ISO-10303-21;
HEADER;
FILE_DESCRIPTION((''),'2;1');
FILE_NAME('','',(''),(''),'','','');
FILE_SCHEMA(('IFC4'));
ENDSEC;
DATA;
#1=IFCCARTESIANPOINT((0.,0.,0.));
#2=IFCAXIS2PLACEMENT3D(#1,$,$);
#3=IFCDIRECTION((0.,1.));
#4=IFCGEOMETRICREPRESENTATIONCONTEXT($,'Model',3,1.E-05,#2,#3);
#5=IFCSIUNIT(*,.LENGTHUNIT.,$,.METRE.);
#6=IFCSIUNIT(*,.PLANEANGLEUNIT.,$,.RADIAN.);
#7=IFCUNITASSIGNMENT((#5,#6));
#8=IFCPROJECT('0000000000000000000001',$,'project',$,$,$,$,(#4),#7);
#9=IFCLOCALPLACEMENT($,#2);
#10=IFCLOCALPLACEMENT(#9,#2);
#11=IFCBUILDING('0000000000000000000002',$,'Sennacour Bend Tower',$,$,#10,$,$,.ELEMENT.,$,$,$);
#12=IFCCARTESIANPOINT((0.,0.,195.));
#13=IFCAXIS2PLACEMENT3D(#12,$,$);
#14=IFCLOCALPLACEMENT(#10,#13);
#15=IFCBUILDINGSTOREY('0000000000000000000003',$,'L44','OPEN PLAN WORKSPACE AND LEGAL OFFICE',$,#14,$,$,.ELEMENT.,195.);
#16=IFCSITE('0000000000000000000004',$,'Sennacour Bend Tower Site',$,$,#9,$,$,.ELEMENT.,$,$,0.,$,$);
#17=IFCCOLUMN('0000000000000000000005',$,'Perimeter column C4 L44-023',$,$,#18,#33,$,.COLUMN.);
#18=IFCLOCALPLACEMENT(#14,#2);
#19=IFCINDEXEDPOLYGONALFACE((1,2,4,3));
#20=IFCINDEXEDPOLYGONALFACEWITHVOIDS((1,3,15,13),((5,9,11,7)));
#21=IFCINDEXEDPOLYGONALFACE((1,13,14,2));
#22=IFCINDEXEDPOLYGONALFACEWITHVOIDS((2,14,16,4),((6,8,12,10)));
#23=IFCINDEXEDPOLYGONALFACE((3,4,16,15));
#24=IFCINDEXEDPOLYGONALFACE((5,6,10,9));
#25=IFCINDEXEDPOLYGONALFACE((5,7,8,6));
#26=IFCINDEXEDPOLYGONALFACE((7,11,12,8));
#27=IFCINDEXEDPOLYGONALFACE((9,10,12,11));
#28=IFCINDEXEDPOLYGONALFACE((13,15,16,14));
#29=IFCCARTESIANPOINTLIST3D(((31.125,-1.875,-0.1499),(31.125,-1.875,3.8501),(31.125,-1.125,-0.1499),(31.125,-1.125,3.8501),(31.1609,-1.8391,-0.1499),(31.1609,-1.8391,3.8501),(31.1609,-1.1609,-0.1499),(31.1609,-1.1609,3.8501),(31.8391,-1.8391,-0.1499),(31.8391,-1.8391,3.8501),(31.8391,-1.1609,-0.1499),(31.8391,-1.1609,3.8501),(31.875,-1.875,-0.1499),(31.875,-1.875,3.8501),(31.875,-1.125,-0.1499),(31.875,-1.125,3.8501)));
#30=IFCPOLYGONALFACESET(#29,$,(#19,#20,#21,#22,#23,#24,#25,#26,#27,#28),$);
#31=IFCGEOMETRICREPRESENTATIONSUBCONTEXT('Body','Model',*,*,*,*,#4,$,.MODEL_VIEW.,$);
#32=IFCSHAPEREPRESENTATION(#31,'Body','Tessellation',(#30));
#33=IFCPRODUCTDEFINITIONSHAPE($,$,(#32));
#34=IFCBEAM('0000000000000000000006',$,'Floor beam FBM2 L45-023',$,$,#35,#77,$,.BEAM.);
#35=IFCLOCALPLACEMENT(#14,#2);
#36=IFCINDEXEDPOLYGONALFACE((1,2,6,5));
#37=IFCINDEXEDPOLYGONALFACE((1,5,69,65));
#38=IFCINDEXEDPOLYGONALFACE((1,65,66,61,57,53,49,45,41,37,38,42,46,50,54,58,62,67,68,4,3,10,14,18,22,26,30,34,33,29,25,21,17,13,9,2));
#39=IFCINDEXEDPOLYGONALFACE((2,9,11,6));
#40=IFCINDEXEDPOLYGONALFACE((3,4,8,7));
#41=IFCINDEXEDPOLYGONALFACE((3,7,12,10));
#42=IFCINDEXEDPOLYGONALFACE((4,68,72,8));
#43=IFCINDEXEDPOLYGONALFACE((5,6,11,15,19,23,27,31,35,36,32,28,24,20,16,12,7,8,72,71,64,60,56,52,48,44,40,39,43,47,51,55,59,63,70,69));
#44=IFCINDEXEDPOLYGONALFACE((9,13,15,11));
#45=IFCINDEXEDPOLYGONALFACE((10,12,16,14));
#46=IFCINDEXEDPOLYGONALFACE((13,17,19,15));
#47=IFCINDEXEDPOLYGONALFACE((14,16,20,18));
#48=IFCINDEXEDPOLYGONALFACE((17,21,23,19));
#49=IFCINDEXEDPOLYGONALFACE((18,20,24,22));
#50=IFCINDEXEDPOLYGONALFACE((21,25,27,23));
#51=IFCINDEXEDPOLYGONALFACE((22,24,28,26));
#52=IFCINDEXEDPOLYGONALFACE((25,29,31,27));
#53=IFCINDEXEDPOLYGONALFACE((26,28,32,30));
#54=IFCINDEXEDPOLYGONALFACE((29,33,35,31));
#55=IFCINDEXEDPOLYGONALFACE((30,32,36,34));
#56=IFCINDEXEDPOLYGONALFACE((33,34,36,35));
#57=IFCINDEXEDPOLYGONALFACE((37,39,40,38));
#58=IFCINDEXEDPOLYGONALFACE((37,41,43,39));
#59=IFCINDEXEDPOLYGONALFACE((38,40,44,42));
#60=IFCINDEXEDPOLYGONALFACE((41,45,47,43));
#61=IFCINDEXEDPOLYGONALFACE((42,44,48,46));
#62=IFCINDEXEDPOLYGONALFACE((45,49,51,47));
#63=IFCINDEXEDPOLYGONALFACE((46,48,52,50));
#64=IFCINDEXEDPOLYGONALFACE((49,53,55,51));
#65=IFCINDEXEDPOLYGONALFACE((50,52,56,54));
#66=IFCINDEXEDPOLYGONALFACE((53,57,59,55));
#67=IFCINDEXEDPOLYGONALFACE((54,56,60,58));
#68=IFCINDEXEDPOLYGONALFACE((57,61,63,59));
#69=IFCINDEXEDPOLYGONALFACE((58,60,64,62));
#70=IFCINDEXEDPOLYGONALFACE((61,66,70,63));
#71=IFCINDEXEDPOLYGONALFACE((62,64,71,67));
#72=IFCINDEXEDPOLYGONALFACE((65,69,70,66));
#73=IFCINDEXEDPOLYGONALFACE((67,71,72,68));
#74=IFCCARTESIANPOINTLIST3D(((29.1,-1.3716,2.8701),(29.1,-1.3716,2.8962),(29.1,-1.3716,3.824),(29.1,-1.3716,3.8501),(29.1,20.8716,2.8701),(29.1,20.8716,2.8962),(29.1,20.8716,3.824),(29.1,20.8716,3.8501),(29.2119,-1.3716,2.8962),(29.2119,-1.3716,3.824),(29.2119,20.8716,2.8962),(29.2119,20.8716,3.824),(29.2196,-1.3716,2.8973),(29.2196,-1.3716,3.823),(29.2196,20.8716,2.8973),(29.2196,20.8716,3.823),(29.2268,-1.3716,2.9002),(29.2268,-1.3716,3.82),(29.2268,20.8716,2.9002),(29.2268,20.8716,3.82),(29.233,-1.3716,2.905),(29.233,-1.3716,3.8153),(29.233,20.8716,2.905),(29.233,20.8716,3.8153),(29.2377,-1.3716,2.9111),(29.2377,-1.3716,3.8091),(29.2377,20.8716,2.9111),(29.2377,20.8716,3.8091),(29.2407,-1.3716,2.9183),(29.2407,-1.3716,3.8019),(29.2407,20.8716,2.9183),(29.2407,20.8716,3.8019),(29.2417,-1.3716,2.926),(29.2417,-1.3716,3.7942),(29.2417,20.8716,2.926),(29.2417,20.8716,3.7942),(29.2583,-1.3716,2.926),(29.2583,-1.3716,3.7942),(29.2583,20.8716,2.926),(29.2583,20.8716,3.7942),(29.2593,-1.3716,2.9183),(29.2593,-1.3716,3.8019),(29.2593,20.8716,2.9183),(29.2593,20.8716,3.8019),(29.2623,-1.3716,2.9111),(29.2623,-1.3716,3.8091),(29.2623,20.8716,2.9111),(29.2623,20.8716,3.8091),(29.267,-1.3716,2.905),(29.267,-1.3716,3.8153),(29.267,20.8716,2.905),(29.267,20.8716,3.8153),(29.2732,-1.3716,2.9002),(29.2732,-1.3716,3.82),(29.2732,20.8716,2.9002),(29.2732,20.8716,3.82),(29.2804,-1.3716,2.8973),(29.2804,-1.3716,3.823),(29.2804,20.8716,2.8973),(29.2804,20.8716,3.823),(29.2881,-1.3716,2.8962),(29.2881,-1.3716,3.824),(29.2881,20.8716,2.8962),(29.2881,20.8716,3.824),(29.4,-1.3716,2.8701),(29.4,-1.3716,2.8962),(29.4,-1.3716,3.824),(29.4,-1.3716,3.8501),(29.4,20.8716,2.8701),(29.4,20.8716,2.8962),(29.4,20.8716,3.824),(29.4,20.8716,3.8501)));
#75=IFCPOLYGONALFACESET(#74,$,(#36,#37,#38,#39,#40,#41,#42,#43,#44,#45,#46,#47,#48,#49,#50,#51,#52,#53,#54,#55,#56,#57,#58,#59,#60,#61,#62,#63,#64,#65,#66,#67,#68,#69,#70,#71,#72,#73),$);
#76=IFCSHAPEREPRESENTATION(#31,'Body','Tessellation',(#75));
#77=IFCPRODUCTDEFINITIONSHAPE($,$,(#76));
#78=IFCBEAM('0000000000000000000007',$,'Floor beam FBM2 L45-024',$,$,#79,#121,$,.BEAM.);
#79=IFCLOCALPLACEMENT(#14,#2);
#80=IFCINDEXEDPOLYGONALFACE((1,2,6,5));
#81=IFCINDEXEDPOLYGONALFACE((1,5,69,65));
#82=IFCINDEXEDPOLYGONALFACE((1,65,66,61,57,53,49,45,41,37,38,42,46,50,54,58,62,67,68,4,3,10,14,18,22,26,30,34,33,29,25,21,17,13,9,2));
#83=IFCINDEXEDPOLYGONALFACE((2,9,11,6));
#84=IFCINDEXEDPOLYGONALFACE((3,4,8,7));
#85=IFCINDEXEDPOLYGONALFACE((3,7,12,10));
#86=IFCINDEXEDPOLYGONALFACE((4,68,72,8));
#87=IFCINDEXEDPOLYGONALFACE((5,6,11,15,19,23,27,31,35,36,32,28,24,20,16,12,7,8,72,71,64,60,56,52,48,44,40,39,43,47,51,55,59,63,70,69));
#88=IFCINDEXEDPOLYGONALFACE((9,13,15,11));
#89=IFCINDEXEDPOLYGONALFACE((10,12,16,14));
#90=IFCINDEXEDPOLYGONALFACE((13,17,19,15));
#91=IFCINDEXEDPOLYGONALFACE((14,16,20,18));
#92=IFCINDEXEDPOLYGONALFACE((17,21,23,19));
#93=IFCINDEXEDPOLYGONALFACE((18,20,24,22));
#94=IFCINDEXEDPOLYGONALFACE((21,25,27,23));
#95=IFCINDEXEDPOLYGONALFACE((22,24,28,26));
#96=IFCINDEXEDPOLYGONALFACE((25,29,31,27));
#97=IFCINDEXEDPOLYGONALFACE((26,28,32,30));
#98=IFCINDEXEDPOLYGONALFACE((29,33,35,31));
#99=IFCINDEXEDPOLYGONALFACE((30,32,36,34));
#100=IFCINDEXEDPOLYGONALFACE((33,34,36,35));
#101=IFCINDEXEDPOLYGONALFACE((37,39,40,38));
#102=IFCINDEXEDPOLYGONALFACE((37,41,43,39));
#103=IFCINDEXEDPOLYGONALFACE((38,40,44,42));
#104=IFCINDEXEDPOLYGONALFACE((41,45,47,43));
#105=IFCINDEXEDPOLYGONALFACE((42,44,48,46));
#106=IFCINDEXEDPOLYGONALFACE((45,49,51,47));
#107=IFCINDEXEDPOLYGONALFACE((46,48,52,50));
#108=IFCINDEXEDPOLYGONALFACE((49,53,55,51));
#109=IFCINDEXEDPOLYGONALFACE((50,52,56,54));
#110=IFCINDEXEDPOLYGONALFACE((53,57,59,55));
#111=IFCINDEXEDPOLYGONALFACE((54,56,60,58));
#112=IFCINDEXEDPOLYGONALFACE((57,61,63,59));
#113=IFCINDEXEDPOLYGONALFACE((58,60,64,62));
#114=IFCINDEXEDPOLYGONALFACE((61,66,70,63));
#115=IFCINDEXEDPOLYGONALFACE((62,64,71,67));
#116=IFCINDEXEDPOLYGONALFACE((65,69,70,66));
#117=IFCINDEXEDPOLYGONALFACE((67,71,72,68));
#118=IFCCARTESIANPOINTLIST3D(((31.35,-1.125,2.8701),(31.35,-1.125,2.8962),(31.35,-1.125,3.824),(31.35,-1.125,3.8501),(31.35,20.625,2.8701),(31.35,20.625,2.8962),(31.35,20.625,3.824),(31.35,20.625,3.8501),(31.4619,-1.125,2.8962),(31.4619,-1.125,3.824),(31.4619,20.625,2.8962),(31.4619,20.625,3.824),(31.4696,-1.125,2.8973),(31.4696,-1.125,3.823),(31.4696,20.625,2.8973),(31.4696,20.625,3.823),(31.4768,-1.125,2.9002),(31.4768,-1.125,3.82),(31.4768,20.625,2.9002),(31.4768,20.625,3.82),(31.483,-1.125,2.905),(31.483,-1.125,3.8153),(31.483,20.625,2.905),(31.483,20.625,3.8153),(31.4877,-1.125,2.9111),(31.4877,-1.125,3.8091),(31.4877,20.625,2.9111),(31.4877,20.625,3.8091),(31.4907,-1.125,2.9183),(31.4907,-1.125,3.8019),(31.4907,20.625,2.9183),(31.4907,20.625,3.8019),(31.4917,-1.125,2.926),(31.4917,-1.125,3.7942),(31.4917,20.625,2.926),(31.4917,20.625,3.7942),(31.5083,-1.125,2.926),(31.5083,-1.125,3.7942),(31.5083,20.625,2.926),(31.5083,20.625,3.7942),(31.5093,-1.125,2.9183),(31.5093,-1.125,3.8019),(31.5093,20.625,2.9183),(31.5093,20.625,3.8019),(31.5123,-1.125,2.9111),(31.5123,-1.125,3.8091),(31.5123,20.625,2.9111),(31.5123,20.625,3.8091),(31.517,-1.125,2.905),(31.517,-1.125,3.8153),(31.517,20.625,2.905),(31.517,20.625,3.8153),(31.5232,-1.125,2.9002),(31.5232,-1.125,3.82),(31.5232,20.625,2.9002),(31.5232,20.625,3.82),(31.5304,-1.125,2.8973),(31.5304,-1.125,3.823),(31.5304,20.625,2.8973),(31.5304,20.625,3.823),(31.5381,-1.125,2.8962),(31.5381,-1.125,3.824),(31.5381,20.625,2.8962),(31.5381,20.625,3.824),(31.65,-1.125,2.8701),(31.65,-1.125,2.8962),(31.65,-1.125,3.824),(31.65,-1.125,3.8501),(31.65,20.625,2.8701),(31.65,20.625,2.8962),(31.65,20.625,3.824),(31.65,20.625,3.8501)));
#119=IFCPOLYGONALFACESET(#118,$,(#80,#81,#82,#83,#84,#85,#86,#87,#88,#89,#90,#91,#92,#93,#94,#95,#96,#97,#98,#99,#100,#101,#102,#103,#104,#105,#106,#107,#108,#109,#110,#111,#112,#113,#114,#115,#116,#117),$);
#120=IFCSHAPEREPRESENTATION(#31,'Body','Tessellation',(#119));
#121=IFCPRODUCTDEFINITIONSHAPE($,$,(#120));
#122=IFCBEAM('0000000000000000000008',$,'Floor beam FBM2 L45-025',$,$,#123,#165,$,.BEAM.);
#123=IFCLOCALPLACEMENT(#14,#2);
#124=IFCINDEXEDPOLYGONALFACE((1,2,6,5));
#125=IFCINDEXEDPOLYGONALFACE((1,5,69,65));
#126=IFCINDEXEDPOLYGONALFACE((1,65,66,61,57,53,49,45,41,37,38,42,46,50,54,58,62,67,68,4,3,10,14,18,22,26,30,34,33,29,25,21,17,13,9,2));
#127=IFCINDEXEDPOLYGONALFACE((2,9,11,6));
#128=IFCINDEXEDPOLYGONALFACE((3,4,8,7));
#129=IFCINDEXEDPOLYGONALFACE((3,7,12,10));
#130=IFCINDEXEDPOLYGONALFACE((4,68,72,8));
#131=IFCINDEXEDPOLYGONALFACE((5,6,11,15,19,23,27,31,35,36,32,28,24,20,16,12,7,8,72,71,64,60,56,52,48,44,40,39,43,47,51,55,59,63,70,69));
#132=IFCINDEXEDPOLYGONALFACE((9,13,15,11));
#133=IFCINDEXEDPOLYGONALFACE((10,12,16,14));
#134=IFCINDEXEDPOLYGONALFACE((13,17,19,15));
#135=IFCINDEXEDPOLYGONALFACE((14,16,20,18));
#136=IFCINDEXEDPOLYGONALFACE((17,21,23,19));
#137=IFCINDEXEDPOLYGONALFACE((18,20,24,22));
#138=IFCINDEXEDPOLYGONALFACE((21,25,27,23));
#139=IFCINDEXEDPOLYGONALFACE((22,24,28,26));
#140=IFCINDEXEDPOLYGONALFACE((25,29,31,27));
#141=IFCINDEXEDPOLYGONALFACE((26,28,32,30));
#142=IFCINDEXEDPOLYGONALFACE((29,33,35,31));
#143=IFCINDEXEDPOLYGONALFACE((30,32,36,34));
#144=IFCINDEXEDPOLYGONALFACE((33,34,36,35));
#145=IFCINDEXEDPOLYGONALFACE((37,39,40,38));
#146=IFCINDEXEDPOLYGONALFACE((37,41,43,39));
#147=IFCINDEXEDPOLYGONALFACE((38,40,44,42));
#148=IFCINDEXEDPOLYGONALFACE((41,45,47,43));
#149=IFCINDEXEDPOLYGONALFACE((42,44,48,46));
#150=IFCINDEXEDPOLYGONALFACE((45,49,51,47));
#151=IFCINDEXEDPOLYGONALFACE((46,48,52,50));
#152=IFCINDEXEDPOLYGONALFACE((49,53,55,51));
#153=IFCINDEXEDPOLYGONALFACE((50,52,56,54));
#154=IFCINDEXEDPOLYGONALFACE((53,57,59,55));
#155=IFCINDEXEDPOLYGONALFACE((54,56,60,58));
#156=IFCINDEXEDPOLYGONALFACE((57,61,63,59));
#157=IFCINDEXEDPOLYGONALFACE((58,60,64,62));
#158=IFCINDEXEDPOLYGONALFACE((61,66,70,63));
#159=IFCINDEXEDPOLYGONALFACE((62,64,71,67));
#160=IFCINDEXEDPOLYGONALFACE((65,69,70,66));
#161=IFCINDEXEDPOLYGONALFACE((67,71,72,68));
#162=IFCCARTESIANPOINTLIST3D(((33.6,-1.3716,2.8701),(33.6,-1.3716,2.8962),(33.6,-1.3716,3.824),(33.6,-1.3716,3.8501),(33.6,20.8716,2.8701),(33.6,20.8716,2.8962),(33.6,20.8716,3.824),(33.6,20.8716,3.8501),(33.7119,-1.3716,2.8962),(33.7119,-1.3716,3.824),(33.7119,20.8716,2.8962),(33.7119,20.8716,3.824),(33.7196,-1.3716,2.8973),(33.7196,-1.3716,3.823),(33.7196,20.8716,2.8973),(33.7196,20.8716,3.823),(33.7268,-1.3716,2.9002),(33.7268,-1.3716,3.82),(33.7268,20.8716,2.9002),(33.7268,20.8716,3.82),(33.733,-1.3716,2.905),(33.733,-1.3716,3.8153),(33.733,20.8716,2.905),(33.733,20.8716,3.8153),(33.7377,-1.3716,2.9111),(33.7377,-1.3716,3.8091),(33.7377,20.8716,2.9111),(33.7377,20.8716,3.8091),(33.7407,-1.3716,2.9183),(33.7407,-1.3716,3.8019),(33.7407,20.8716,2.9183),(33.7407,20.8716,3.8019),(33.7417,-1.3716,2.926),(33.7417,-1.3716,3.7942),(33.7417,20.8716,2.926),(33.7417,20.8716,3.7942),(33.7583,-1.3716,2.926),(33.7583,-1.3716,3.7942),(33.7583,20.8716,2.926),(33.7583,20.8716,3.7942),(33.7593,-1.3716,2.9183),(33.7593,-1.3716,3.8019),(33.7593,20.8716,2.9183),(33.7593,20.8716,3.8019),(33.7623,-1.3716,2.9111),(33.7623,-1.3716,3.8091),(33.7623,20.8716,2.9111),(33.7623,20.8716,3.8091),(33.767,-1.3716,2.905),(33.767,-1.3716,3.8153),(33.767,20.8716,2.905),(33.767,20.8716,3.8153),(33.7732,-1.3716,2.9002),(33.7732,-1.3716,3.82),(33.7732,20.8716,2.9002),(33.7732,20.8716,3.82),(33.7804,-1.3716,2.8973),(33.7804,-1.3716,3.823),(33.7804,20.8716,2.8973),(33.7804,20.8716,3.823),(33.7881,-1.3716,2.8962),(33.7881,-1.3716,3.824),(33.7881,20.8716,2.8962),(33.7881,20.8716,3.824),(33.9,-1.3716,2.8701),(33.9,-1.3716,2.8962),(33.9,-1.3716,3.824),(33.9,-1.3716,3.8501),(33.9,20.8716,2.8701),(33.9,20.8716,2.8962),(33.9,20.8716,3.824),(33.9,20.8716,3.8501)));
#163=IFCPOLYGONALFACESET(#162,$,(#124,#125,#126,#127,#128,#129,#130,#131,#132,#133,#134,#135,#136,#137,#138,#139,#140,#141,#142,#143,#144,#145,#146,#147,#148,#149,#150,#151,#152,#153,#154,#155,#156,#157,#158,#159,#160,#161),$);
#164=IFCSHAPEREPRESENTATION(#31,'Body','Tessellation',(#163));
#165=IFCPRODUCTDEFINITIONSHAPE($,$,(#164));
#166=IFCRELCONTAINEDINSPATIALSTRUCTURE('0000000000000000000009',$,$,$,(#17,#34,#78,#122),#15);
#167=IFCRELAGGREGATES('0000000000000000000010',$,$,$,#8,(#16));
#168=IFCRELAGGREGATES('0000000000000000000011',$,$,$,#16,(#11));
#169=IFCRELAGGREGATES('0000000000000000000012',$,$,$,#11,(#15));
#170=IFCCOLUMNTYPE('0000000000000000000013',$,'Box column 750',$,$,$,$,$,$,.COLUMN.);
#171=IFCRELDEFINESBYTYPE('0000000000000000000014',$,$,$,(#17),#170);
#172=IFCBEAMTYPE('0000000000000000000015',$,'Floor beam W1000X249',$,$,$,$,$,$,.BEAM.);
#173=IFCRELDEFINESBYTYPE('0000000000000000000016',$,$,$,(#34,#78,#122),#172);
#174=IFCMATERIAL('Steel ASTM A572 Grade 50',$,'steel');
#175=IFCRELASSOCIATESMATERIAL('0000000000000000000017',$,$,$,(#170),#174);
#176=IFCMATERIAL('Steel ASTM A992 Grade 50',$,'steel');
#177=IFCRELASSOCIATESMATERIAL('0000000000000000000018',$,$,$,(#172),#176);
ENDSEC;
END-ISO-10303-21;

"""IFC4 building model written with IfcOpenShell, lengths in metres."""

from ifc_helpers import new_model, si_unit, direction, frame, origin, origin_2d, place, context, subcontext, project, spatial, hollow_rectangle, i_section, extrude, material, material_profile, profile_set, type_object, element, save


model = new_model("IFC4")

# Units and contexts
model_context = context("Model", 3, precision=1e-05, world=origin(), true_north=direction((0.0, 1.0)))
body_context = subcontext(model_context, "Body", "Model", "MODEL_VIEW")
ifc_project = project(units=[si_unit("LENGTHUNIT", "METRE"), si_unit("PLANEANGLEUNIT", "RADIAN")], contexts=[model_context])

# Site, building, storey
site_placement = place(None, origin())
site = spatial("IfcSite", under=ifc_project, at=site_placement, Name="Sennacour Bend Tower Site", CompositionType="ELEMENT", RefElevation=0.0)
building_placement = place(site_placement, origin())
building = spatial("IfcBuilding", under=site, at=building_placement, Name="Sennacour Bend Tower", CompositionType="ELEMENT")
storey_placement = place(building_placement, frame((0.0, 0.0, 195.0)))
storey = spatial("IfcBuildingStorey", under=building, at=storey_placement, Name="L44", Description="OPEN PLAN WORKSPACE AND LEGAL OFFICE", CompositionType="ELEMENT", Elevation=195.0)

# Column
ifc_material_1 = material(Name="Steel ASTM A572 Grade 50", Category="steel")
ifc_material_profile_1 = material_profile(ifc_material_1, hollow_rectangle(XDim=0.75, YDim=0.75, WallThickness=0.0359, at=origin_2d()), Name="Steel ASTM A572 Grade 50", Category="steel")
ifc_profile_set_1 = profile_set([ifc_material_profile_1], Name="Steel ASTM A572 Grade 50")
column_type = type_object("IfcColumnType", Name="Box column 750", PredefinedType="COLUMN", material=ifc_profile_set_1)
column_placement = place(storey_placement, frame((31.5, -1.5, -0.1499), z_axis=(0.0, 0.0, 1.0), x_axis=(1.0, 0.0, 0.0)))
element("IfcColumn", 1, at=column_placement, inside=storey, type_object=column_type, Name="Perimeter column C4 L44-023", PredefinedType="COLUMN", context=body_context, shape_type="SweptSolid", body=[
    extrude(hollow_rectangle(XDim=0.75, YDim=0.75, WallThickness=0.0359, at=origin_2d()), origin(), (0.0, 0.0, 1.0), 4.0),
])

# Beams
ifc_material_2 = material(Name="Steel ASTM A992 Grade 50", Category="steel")
ifc_material_profile_2 = material_profile(ifc_material_2, i_section(OverallWidth=0.3, OverallDepth=0.98, WebThickness=0.0166, FlangeThickness=0.0261, FilletRadius=0.0298, at=origin_2d()), Name="Steel ASTM A992 Grade 50", Category="steel")
ifc_profile_set_2 = profile_set([ifc_material_profile_2], Name="Steel ASTM A992 Grade 50")
beam_type_1 = type_object("IfcBeamType", Name="Floor beam W1000X249", PredefinedType="BEAM", material=ifc_profile_set_2)
beam_1_placement = place(storey_placement, frame((29.25, -1.3716, 3.3601), z_axis=(0.0, 1.0, 0.0), x_axis=(-1.0, 0.0, 0.0)))
element("IfcBeam", 2, at=beam_1_placement, inside=storey, type_object=beam_type_1, Name="Floor beam FBM2 L45-023", PredefinedType="BEAM", context=body_context, shape_type="SweptSolid", body=[
    extrude(i_section(OverallWidth=0.3, OverallDepth=0.98, WebThickness=0.0166, FlangeThickness=0.0261, FilletRadius=0.0298, at=origin_2d()), origin(), (0.0, 0.0, 1.0), 22.2432),
])
beam_2_placement = place(storey_placement, frame((31.5, -1.125, 3.3601), z_axis=(0.0, 1.0, 0.0), x_axis=(-1.0, 0.0, 0.0)))
element("IfcBeam", 3, at=beam_2_placement, inside=storey, type_object=beam_type_1, Name="Floor beam FBM2 L45-024", PredefinedType="BEAM", context=body_context, shape_type="SweptSolid", body=[
    extrude(i_section(OverallWidth=0.3, OverallDepth=0.98, WebThickness=0.0166, FlangeThickness=0.0261, FilletRadius=0.0298, at=origin_2d()), origin(), (0.0, 0.0, 1.0), 21.75),
])
beam_3_placement = place(storey_placement, frame((33.75, -1.3716, 3.3601), z_axis=(0.0, 1.0, 0.0), x_axis=(-1.0, 0.0, 0.0)))
element("IfcBeam", 4, at=beam_3_placement, inside=storey, type_object=beam_type_1, Name="Floor beam FBM2 L45-025", PredefinedType="BEAM", context=body_context, shape_type="SweptSolid", body=[
    extrude(i_section(OverallWidth=0.3, OverallDepth=0.98, WebThickness=0.0166, FlangeThickness=0.0261, FilletRadius=0.0298, at=origin_2d()), origin(), (0.0, 0.0, 1.0), 22.2432),
])

save(model, "model.ifc")
